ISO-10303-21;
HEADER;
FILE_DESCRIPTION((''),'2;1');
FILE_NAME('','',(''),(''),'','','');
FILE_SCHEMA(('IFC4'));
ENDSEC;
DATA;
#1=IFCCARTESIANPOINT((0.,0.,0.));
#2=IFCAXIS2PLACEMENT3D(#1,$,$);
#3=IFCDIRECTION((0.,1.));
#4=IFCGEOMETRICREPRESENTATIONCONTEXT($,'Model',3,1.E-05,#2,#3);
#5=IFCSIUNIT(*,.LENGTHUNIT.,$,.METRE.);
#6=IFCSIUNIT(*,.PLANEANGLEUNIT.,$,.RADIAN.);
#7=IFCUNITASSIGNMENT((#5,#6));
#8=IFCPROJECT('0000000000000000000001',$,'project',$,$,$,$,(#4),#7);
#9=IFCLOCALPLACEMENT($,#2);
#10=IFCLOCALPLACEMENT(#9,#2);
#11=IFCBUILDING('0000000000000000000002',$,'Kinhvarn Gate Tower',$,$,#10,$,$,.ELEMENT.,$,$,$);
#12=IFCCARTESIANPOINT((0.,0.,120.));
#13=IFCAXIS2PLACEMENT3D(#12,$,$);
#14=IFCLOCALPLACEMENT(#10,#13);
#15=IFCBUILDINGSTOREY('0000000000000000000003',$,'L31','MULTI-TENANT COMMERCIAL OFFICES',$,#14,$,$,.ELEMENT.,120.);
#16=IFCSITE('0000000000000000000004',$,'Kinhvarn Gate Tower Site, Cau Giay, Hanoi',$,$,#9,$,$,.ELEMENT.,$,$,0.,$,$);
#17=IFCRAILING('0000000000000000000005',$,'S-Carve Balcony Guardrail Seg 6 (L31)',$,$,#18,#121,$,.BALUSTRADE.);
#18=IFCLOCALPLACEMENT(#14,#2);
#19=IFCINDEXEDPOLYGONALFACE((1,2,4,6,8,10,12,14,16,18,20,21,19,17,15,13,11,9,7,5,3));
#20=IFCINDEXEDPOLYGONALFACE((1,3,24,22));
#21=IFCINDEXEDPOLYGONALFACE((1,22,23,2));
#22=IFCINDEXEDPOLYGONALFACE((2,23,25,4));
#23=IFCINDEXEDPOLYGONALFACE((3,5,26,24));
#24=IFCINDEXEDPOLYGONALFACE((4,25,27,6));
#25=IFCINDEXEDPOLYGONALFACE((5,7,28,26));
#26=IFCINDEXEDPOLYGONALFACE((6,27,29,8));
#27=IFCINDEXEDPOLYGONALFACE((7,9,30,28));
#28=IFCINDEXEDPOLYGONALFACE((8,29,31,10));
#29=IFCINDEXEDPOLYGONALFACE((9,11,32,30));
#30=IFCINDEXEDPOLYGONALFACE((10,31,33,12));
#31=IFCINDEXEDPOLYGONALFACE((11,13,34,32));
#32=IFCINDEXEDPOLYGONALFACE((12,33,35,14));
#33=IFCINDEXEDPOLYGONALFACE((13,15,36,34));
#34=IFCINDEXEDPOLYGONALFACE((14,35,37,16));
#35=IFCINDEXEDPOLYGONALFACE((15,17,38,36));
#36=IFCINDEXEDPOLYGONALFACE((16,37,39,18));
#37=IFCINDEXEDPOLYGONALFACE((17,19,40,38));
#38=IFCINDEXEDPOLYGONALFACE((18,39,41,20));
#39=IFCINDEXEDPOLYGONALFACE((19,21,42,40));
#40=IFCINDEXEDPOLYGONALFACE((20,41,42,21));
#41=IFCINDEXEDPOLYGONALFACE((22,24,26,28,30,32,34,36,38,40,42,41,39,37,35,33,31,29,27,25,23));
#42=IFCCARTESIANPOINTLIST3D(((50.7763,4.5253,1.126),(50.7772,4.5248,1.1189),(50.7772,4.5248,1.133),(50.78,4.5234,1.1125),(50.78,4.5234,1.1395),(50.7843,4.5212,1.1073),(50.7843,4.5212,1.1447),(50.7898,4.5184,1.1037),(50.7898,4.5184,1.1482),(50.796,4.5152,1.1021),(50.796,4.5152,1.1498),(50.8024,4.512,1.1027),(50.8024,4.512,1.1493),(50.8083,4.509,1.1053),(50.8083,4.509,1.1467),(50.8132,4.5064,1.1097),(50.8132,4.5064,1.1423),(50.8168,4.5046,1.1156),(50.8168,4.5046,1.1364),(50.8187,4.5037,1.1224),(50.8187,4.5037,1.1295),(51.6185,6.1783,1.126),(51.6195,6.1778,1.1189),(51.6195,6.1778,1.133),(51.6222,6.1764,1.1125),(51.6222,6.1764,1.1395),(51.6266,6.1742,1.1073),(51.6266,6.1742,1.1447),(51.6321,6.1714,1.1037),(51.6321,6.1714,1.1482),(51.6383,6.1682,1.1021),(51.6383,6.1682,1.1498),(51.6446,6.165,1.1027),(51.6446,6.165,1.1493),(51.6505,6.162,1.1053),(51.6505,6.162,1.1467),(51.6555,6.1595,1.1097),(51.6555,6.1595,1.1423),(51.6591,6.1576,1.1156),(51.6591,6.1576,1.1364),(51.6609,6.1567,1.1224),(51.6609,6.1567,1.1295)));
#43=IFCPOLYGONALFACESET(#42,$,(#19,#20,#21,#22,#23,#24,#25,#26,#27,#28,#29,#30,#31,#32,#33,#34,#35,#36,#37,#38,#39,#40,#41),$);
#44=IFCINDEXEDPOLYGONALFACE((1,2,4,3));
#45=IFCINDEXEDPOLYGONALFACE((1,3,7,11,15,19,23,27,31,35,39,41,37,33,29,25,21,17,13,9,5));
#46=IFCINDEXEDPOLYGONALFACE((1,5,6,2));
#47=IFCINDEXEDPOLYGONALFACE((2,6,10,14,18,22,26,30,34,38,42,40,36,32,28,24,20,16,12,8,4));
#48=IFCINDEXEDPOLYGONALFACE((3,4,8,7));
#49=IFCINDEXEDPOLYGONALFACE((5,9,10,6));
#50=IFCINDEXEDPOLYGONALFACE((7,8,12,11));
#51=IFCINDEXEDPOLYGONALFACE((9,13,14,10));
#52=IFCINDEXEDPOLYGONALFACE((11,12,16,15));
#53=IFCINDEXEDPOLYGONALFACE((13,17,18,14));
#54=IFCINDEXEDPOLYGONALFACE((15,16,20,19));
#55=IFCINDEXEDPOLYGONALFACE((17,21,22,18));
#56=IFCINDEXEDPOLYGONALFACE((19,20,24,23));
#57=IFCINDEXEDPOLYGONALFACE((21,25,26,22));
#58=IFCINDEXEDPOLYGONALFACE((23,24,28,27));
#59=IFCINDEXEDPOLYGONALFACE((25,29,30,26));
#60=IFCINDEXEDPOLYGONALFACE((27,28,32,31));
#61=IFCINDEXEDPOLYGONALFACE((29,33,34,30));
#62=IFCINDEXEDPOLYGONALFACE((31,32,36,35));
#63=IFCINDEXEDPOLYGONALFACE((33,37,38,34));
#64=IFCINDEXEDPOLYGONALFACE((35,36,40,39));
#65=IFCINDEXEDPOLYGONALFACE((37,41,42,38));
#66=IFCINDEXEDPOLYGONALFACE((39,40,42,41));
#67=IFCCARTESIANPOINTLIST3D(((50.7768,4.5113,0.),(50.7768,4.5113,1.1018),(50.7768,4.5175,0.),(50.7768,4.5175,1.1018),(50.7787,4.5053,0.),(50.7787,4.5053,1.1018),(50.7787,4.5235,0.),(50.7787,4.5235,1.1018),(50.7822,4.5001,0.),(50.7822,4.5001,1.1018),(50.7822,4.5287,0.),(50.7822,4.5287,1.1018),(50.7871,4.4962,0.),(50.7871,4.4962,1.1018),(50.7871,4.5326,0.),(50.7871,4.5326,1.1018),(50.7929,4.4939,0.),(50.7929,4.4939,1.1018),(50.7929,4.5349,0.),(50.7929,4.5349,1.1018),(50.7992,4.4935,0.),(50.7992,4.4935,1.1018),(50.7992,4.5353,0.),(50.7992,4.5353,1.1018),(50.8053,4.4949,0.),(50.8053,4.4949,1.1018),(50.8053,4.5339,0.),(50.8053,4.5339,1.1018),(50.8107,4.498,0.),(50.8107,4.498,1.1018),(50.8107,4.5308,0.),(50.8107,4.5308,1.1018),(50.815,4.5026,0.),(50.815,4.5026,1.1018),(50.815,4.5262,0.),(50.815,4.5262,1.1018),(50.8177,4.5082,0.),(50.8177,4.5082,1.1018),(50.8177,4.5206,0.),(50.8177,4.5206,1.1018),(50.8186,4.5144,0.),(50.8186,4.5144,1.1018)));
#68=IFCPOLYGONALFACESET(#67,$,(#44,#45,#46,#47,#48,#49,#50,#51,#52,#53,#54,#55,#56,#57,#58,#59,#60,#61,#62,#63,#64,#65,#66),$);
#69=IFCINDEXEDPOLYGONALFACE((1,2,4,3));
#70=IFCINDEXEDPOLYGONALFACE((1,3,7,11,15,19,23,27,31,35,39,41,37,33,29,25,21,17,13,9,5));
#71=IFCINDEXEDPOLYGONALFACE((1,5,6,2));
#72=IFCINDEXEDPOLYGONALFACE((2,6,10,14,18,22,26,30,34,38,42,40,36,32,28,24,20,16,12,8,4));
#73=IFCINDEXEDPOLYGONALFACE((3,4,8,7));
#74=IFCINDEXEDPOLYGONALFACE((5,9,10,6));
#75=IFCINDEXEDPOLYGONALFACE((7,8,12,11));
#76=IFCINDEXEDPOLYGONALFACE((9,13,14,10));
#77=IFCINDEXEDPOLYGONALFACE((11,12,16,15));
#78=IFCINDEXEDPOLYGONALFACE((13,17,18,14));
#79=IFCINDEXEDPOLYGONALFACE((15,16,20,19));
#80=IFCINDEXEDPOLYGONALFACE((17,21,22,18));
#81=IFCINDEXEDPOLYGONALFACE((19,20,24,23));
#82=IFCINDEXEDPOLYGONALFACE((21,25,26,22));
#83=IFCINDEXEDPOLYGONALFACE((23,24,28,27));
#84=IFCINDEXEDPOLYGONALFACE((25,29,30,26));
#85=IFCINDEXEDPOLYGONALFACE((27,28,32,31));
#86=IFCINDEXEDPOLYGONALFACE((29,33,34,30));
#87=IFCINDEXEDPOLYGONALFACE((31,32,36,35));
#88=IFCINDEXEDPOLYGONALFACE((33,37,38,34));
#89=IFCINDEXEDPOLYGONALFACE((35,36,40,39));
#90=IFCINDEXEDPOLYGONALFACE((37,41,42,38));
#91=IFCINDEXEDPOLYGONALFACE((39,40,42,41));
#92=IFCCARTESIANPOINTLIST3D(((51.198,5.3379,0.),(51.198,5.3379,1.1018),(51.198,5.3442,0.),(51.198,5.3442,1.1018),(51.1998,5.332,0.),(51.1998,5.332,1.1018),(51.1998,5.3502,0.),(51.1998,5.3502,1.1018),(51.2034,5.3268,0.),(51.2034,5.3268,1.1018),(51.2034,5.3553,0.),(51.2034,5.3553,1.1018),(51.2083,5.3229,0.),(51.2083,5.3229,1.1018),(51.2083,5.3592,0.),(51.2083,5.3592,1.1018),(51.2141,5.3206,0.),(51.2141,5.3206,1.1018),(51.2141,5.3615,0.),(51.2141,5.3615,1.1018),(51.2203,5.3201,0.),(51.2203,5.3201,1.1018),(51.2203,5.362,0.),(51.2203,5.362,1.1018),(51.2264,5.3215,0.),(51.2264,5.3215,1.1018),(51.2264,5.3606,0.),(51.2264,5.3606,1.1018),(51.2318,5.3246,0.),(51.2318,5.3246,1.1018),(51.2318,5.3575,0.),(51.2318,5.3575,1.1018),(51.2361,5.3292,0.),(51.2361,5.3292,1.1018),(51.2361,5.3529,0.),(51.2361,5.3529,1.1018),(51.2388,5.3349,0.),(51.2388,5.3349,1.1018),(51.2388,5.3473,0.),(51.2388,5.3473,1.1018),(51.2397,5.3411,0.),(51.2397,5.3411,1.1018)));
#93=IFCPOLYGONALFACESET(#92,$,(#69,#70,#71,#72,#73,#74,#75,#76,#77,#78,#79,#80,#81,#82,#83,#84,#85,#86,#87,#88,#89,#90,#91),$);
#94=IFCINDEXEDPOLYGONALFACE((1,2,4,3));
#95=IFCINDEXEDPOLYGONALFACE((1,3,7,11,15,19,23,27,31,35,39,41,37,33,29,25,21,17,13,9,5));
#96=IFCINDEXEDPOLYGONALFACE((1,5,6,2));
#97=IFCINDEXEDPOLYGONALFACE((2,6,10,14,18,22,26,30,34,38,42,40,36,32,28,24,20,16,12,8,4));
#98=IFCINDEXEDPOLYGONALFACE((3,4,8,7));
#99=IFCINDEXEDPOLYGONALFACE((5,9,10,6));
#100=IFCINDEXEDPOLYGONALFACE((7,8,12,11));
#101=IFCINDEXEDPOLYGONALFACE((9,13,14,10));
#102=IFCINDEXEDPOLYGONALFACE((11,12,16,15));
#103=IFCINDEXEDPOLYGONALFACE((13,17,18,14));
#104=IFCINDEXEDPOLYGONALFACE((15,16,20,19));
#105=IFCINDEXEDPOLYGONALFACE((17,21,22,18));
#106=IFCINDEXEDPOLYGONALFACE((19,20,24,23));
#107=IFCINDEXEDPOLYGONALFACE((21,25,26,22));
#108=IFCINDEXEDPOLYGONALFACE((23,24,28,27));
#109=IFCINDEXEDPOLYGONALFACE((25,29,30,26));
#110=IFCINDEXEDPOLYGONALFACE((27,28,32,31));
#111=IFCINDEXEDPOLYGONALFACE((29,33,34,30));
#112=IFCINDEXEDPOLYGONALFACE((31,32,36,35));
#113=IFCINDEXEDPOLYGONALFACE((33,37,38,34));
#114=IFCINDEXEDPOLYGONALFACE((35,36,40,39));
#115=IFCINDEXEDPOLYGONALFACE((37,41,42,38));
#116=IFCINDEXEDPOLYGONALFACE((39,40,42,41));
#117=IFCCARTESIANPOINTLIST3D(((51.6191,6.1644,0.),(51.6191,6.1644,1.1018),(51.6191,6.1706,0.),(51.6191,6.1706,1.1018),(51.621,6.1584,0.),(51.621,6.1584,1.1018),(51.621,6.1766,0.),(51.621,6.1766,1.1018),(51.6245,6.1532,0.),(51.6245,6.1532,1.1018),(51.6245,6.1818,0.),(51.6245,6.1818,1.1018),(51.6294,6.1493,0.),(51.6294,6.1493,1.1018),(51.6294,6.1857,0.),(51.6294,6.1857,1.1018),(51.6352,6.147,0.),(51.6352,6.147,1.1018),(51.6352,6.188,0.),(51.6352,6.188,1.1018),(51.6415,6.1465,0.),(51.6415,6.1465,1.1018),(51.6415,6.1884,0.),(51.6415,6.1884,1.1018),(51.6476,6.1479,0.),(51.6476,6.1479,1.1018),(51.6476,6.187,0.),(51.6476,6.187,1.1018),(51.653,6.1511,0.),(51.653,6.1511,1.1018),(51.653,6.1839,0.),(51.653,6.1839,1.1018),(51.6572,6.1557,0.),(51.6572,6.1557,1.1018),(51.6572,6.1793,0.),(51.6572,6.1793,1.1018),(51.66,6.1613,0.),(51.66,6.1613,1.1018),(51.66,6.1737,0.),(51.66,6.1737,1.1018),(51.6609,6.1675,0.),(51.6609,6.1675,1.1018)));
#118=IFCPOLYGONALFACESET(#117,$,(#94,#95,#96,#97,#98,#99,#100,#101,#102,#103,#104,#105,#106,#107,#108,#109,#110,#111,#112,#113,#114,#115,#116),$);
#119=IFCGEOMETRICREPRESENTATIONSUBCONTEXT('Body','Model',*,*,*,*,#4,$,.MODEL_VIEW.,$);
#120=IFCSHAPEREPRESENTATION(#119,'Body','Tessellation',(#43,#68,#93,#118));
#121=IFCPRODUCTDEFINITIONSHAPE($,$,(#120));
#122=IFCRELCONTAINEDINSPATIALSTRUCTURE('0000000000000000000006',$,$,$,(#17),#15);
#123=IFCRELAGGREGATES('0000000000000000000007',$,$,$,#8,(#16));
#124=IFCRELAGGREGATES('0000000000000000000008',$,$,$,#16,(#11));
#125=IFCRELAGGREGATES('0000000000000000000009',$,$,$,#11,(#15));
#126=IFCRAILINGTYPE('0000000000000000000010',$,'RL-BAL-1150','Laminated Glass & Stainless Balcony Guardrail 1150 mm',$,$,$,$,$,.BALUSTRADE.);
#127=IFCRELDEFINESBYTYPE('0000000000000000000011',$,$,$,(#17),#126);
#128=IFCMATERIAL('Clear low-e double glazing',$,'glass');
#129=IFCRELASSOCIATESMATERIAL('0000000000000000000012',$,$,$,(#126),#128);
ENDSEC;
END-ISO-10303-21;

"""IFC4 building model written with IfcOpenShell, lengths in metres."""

from ifc_helpers import new_model, si_unit, direction, frame, origin, origin_2d, place, context, subcontext, project, spatial, circle, extrude, material, type_object, element, save


model = new_model("IFC4")

# Units and contexts
model_context = context("Model", 3, precision=1e-05, world=origin(), true_north=direction((0.0, 1.0)))
body_context = subcontext(model_context, "Body", "Model", "MODEL_VIEW")
ifc_project = project(units=[si_unit("LENGTHUNIT", "METRE"), si_unit("PLANEANGLEUNIT", "RADIAN")], contexts=[model_context])

# Site, building, storey
site_placement = place(None, origin())
site = spatial("IfcSite", under=ifc_project, at=site_placement, Name="Kinhvarn Gate Tower Site, Cau Giay, Hanoi", CompositionType="ELEMENT", RefElevation=0.0)
building_placement = place(site_placement, origin())
building = spatial("IfcBuilding", under=site, at=building_placement, Name="Kinhvarn Gate Tower", CompositionType="ELEMENT")
storey_placement = place(building_placement, frame((0.0, 0.0, 120.0)))
storey = spatial("IfcBuildingStorey", under=building, at=storey_placement, Name="L31", Description="MULTI-TENANT COMMERCIAL OFFICES", CompositionType="ELEMENT", Elevation=120.0)

# Shared definitions
ifc_material_1 = material(Name="Clear low-e double glazing", Category="glass")

# Railing
railing_type = type_object("IfcRailingType", Name="RL-BAL-1150", Description="Laminated Glass & Stainless Balcony Guardrail 1150 mm", PredefinedType="BALUSTRADE", material=ifc_material_1)
railing_1_placement = place(storey_placement, frame((50.7976, 4.5144, 0.0)))
element("IfcRailing", 1, at=railing_1_placement, inside=storey, type_object=railing_type, Name="S-Carve Balcony Guardrail Seg 6 (L31)", PredefinedType="BALUSTRADE", context=body_context, shape_type="SweptSolid", body=[
    extrude(circle(Radius=0.0239, at=origin_2d()), frame((0.0, 0.0, 1.126), z_axis=(0.453991, 0.891006, 0.0), x_axis=(-0.891006, 0.453991, 0.0)), (0.0, 0.0, 1.0), 1.8552),
    extrude(circle(Radius=0.021, at=origin_2d()), origin(), (0.0, 0.0, 1.0), 1.1018),
    extrude(circle(Radius=0.021, at=origin_2d()), frame((0.4211, 0.8267, 0.0)), (0.0, 0.0, 1.0), 1.1018),
    extrude(circle(Radius=0.021, at=origin_2d()), frame((0.8423, 1.6531, 0.0)), (0.0, 0.0, 1.0), 1.1018),
])

save(model, "model.ifc")
